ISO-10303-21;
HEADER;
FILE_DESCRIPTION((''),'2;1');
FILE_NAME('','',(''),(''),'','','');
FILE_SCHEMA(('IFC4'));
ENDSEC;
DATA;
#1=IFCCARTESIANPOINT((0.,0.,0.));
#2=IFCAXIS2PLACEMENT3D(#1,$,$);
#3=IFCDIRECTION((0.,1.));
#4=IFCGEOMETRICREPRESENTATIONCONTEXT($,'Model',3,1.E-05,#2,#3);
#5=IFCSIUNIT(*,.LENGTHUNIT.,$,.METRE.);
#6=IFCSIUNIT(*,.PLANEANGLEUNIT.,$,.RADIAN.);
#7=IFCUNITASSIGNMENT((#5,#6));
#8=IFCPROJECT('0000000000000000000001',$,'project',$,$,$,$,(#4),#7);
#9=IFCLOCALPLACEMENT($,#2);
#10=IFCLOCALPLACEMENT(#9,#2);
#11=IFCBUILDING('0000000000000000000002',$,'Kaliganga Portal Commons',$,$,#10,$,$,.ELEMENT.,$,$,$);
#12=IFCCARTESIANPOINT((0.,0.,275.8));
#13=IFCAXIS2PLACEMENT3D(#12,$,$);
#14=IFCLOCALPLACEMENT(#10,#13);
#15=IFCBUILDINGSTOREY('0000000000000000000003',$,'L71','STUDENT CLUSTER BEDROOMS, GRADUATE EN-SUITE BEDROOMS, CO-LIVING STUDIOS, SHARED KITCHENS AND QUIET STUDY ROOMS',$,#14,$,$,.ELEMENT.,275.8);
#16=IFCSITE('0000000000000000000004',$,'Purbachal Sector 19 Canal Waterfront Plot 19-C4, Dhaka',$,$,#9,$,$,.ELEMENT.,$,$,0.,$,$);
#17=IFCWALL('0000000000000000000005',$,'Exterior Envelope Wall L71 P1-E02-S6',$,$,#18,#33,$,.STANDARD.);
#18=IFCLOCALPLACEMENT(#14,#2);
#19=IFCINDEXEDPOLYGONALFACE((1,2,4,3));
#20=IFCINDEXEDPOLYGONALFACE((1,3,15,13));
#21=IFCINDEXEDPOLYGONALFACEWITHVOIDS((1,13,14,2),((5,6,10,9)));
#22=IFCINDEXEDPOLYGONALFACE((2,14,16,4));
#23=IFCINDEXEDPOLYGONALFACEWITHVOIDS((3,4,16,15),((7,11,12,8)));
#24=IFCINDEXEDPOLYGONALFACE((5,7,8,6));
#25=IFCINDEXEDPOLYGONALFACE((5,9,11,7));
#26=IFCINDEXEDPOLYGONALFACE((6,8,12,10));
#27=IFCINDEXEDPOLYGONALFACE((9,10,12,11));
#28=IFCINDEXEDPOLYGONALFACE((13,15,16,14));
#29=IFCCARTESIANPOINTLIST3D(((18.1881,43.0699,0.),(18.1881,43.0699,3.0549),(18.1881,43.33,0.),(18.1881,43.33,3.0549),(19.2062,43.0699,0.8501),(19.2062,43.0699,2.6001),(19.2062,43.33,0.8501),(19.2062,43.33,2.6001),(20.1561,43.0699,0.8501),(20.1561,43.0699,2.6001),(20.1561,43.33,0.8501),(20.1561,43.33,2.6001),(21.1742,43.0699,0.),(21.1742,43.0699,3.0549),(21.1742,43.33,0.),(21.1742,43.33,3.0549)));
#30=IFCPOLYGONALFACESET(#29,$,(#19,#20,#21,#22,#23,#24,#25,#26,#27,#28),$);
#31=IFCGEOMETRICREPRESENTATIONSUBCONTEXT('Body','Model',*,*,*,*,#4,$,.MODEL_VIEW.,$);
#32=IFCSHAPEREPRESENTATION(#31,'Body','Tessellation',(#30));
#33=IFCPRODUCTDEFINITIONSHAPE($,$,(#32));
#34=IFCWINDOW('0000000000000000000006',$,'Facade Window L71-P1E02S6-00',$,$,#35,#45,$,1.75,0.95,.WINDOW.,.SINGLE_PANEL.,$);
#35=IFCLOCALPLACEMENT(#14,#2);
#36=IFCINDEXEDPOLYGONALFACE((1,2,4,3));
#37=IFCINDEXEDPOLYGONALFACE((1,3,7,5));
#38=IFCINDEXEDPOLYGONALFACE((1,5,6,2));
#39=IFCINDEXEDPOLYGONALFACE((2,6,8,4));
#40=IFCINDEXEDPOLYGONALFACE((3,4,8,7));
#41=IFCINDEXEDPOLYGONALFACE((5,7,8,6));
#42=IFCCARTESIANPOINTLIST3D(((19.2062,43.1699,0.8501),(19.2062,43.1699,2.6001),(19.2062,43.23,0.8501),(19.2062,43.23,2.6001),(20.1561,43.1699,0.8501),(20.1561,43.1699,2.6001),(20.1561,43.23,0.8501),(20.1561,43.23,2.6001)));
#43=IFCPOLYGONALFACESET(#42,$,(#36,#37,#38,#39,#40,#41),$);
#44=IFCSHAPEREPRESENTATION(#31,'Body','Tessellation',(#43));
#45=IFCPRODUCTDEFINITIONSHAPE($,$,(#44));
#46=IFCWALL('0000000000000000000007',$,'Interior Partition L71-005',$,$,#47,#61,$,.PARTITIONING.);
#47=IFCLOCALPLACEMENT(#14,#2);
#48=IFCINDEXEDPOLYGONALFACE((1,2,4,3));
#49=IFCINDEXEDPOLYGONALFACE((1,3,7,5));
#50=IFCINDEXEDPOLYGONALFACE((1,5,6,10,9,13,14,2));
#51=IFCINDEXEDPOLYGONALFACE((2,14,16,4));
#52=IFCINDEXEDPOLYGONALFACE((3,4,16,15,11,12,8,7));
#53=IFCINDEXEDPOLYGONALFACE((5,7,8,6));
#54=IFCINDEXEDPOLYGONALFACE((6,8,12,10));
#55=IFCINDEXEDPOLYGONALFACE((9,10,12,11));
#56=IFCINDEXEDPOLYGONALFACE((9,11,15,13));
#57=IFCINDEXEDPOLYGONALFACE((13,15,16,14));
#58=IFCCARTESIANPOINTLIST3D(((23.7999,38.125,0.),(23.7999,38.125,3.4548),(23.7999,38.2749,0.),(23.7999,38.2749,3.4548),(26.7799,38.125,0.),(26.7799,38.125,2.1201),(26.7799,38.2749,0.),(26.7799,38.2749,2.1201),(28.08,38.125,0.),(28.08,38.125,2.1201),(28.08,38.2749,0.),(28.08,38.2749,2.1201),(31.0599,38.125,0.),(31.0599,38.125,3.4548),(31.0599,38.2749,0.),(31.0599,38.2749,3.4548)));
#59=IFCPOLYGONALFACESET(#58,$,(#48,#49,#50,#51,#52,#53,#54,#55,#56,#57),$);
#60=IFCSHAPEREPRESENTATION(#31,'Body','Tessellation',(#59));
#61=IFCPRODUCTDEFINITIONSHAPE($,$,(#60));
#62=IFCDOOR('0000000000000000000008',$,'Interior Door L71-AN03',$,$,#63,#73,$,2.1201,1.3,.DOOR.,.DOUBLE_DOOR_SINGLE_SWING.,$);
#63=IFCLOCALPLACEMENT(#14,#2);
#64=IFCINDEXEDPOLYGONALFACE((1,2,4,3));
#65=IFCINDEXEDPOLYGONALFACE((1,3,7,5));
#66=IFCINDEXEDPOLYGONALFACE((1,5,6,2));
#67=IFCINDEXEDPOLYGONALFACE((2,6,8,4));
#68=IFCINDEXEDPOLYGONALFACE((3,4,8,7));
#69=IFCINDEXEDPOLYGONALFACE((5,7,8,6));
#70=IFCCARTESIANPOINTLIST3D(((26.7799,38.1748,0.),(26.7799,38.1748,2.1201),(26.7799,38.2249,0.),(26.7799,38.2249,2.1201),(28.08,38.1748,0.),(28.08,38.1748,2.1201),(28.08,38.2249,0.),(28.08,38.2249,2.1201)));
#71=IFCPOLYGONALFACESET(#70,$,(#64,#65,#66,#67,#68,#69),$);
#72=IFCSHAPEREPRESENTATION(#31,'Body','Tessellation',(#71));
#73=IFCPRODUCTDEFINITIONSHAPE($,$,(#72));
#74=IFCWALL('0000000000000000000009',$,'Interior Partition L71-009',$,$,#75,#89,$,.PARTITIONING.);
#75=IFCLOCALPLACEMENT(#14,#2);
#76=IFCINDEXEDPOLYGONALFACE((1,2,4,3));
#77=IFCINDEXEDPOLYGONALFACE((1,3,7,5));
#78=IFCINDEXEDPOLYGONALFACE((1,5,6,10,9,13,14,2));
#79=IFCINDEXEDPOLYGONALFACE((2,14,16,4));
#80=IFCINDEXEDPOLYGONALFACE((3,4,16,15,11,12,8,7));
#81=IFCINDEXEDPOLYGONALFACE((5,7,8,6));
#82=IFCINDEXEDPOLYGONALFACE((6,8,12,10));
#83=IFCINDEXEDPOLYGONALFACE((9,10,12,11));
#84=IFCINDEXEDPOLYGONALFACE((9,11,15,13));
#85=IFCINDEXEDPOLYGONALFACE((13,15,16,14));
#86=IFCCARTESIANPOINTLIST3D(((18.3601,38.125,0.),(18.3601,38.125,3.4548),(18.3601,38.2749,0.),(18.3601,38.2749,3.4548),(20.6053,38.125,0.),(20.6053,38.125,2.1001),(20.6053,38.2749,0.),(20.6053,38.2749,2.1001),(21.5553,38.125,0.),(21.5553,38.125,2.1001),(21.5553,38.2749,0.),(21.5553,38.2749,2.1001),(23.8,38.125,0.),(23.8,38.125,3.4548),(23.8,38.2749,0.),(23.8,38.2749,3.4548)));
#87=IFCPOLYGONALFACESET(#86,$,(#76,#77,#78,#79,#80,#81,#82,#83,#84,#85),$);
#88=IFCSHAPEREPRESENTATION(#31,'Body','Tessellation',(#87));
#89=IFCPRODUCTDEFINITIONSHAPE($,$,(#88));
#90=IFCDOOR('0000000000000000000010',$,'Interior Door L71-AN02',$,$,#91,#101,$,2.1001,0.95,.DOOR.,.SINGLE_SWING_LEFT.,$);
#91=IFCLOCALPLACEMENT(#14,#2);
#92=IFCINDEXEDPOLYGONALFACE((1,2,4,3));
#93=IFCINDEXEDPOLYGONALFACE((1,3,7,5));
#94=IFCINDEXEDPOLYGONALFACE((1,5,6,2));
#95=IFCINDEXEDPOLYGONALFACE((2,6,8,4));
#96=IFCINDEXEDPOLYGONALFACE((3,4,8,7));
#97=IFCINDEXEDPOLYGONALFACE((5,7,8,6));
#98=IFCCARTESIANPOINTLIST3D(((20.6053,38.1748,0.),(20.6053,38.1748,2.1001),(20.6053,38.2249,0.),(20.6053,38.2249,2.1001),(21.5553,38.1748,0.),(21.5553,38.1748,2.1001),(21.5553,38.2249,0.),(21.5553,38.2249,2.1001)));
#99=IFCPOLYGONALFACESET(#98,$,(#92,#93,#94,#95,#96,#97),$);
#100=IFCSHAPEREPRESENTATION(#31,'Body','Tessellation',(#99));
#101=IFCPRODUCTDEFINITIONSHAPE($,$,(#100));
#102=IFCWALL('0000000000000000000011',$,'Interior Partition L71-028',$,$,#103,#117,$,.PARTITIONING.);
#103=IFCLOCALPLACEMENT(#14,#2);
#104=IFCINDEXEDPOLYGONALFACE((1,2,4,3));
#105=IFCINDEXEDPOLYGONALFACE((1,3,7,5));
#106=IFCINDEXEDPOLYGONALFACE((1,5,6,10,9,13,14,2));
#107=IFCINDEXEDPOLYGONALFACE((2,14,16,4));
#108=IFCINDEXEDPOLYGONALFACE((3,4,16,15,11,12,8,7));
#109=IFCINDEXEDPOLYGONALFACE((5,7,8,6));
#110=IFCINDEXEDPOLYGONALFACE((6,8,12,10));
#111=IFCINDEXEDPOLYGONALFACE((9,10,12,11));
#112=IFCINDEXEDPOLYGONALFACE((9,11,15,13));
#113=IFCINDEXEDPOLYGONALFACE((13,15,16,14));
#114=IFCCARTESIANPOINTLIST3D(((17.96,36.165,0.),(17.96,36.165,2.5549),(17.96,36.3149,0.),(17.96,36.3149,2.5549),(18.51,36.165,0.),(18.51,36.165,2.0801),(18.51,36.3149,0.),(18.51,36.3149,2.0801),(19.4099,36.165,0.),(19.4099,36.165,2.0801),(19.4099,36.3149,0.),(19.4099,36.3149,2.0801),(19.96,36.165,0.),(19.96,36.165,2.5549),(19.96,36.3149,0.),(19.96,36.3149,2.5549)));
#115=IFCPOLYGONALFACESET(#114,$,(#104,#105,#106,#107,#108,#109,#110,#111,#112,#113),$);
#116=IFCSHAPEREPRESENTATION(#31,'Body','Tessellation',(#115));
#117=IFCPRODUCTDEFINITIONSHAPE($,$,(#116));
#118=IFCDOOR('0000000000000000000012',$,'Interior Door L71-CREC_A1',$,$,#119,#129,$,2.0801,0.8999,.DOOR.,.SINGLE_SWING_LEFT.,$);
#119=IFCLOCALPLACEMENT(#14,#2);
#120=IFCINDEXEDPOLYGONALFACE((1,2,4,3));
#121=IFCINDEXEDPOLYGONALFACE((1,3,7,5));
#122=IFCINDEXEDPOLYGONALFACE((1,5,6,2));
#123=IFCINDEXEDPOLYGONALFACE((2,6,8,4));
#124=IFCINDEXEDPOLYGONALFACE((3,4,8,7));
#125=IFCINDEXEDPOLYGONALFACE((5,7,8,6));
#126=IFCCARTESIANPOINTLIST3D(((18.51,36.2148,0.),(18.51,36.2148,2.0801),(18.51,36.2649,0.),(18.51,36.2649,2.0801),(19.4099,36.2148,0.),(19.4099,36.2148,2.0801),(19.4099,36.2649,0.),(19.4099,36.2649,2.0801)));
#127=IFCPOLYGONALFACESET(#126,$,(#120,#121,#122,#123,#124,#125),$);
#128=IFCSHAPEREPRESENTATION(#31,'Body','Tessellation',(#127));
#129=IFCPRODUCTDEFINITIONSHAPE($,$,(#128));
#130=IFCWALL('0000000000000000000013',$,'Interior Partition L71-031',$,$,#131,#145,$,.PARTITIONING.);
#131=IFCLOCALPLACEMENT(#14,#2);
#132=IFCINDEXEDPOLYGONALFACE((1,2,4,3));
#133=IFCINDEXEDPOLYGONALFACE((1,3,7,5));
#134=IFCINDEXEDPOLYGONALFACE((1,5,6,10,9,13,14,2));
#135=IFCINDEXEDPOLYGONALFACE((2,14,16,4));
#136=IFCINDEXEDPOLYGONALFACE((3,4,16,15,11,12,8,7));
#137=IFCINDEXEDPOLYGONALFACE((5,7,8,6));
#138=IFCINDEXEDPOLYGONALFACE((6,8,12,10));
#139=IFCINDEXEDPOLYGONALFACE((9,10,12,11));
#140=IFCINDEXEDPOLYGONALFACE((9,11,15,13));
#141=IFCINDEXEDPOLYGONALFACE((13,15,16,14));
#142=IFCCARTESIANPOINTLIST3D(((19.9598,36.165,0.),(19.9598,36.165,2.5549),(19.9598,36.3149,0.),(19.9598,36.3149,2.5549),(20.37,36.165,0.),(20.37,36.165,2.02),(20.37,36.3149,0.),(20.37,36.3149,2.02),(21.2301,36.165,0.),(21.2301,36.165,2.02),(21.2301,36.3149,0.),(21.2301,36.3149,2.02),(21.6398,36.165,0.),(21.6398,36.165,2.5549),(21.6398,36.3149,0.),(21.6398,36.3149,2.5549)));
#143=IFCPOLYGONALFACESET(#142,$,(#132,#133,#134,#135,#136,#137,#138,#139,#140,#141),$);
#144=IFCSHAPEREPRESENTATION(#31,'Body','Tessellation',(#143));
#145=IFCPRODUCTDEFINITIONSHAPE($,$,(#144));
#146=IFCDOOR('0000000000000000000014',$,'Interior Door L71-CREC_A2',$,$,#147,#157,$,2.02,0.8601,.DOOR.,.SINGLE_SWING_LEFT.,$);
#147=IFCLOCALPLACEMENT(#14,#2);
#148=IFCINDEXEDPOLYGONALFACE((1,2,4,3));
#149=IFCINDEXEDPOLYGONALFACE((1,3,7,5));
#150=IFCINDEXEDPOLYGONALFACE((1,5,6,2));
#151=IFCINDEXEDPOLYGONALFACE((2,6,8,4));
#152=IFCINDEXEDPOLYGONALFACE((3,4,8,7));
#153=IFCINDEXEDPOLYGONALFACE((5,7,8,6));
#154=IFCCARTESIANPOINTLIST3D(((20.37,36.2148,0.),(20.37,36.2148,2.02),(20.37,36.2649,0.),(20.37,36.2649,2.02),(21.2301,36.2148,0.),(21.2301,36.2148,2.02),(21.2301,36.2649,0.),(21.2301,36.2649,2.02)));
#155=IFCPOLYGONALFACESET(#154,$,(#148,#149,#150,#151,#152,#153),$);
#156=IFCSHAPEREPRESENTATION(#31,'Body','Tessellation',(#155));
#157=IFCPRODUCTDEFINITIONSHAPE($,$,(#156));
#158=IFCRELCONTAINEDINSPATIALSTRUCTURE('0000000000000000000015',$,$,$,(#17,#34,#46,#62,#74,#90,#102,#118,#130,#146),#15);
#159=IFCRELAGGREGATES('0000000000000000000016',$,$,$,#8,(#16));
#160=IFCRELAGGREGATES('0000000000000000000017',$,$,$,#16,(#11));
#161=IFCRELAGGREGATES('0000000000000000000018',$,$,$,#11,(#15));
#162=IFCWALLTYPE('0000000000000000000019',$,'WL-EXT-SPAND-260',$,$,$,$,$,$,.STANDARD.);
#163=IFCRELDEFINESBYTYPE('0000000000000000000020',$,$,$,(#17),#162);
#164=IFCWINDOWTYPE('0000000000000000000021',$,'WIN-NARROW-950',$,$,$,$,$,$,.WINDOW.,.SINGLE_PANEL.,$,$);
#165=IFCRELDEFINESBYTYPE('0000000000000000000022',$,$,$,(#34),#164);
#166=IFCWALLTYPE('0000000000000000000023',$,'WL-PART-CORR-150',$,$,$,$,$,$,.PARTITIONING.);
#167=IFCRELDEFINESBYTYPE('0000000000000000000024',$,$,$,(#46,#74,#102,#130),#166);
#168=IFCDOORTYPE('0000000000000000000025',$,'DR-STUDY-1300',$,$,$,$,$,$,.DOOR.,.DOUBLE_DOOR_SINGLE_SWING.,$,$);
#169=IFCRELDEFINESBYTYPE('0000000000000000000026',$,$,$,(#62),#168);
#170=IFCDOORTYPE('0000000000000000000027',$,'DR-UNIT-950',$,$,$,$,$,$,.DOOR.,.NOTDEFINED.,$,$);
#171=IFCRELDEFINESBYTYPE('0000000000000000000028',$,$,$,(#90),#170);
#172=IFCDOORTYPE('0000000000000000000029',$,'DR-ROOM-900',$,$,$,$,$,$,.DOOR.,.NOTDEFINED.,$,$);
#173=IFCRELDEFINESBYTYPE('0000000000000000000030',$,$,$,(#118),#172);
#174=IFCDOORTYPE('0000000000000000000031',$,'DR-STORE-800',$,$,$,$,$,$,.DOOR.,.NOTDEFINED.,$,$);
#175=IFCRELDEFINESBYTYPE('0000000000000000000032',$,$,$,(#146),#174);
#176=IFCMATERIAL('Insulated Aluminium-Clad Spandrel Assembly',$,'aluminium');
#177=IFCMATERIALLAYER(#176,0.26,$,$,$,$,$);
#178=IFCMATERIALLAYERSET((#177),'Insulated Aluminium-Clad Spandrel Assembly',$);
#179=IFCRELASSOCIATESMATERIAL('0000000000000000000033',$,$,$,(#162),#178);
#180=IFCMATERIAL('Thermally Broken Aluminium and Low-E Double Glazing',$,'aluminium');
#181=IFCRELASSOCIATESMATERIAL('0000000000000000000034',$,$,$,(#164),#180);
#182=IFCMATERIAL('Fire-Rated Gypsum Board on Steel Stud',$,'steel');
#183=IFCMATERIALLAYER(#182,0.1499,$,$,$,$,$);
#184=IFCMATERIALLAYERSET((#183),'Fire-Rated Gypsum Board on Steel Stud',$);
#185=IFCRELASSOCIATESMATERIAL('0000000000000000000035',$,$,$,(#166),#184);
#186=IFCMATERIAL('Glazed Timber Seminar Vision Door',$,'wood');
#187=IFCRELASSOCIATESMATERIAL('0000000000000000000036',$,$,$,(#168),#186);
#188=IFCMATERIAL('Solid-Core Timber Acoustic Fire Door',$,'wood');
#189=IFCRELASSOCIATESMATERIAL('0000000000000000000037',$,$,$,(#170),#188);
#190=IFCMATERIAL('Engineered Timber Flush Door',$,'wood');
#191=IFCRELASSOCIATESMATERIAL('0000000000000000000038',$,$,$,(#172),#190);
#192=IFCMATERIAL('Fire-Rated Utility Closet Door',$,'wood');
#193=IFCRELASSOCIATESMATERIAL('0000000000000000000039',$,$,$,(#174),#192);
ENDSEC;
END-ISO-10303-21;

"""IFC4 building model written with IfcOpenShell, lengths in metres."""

from ifc_helpers import new_model, si_unit, direction, frame, frame_2d, origin, place, context, subcontext, project, spatial, rectangle, extrude, material, layer, layer_set, type_object, element, fill, save


model = new_model("IFC4")

# Units and contexts
model_context = context("Model", 3, precision=1e-05, world=origin(), true_north=direction((0.0, 1.0)))
body_context = subcontext(model_context, "Body", "Model", "MODEL_VIEW")
ifc_project = project(units=[si_unit("LENGTHUNIT", "METRE"), si_unit("PLANEANGLEUNIT", "RADIAN")], contexts=[model_context])

# Site, building, storey
site_placement = place(None, origin())
site = spatial("IfcSite", under=ifc_project, at=site_placement, Name="Purbachal Sector 19 Canal Waterfront Plot 19-C4, Dhaka", CompositionType="ELEMENT", RefElevation=0.0)
building_placement = place(site_placement, origin())
building = spatial("IfcBuilding", under=site, at=building_placement, Name="Kaliganga Portal Commons", CompositionType="ELEMENT")
storey_placement = place(building_placement, frame((0.0, 0.0, 275.8)))
storey = spatial("IfcBuildingStorey", under=building, at=storey_placement, Name="L71", Description="STUDENT CLUSTER BEDROOMS, GRADUATE EN-SUITE BEDROOMS, CO-LIVING STUDIOS, SHARED KITCHENS AND QUIET STUDY ROOMS", CompositionType="ELEMENT", Elevation=275.8)

# Wall, opening, window
ifc_material_1 = material(Name="Insulated Aluminium-Clad Spandrel Assembly", Category="aluminium")
ifc_layer_1 = layer(ifc_material_1, 0.26)
ifc_layer_set_1 = layer_set([ifc_layer_1], Name="Insulated Aluminium-Clad Spandrel Assembly")
wall_type_1 = type_object("IfcWallType", Name="WL-EXT-SPAND-260", PredefinedType="STANDARD", material=ifc_layer_set_1)
ifc_material_2 = material(Name="Thermally Broken Aluminium and Low-E Double Glazing", Category="aluminium")
window_type = type_object("IfcWindowType", Name="WIN-NARROW-950", PartitioningType="SINGLE_PANEL", PredefinedType="WINDOW", material=ifc_material_2)
wall_1_placement = place(storey_placement, frame((18.188, 43.2, 0.0), z_axis=(0.0, 0.0, 1.0), x_axis=(1.0, 0.0, 0.0)))
wall_1 = element("IfcWall", 1, at=wall_1_placement, inside=storey, type_object=wall_type_1, Name="Exterior Envelope Wall L71 P1-E02-S6", PredefinedType="STANDARD", context=body_context, shape_type="SweptSolid", body=[
    extrude(rectangle(XDim=2.9861, YDim=0.26, at=frame_2d((1.4932, 0.0))), origin(), (0.0, 0.0, 1.0), 3.0549),
])
opening_1_placement = place(wall_1_placement, frame((1.0181, 0.0, 0.8501)))
opening_1 = element("IfcOpeningElement", 2, at=opening_1_placement, cuts=wall_1, PredefinedType="OPENING", context=body_context, shape_type="SweptSolid", body=[
    extrude(rectangle(XDim=0.95, YDim=1.75, at=frame_2d((0.4751, 0.875))), frame((0.0, 0.1401, 0.0), z_axis=(0.0, -1.0, 0.0), x_axis=(1.0, 0.0, 0.0)), (0.0, 0.0, 1.0), 0.28),
])
window_1_placement = place(opening_1_placement, origin())
window_1 = element("IfcWindow", 3, at=window_1_placement, inside=storey, type_object=window_type, Name="Facade Window L71-P1E02S6-00", OverallHeight=1.75, OverallWidth=0.95, PartitioningType="SINGLE_PANEL", PredefinedType="WINDOW", context=body_context, shape_type="SweptSolid", body=[
    extrude(rectangle(XDim=0.95, YDim=1.75, at=frame_2d((0.4751, 0.875))), frame((0.0, 0.03, 0.0), z_axis=(0.0, -1.0, 0.0), x_axis=(1.0, 0.0, 0.0)), (0.0, 0.0, 1.0), 0.0601),
])
fill(opening_1, window_1)

# Walls, openings, doors
ifc_material_3 = material(Name="Fire-Rated Gypsum Board on Steel Stud", Category="steel")
ifc_layer_2 = layer(ifc_material_3, 0.1499)
ifc_layer_set_2 = layer_set([ifc_layer_2], Name="Fire-Rated Gypsum Board on Steel Stud")
wall_type_2 = type_object("IfcWallType", Name="WL-PART-CORR-150", PredefinedType="PARTITIONING", material=ifc_layer_set_2)
wall_2_placement = place(storey_placement, frame((23.8, 38.2, 0.0), z_axis=(0.0, 0.0, 1.0), x_axis=(1.0, 0.0, 0.0)))
wall_2 = element("IfcWall", 4, at=wall_2_placement, inside=storey, type_object=wall_type_2, Name="Interior Partition L71-005", PredefinedType="PARTITIONING", context=body_context, shape_type="SweptSolid", body=[
    extrude(rectangle(XDim=7.26, YDim=0.1499, at=frame_2d((3.6299, 0.0))), origin(), (0.0, 0.0, 1.0), 3.4548),
])
opening_2_placement = place(wall_2_placement, frame((2.98, 0.0, 0.0)))
opening_2 = element("IfcOpeningElement", 5, at=opening_2_placement, cuts=wall_2, PredefinedType="OPENING", context=body_context, shape_type="SweptSolid", body=[
    extrude(rectangle(XDim=1.3, YDim=2.1201, at=frame_2d((0.6499, 1.0601))), frame((0.0, 0.085, 0.0), z_axis=(0.0, -1.0, 0.0), x_axis=(1.0, 0.0, 0.0)), (0.0, 0.0, 1.0), 0.1699),
])
ifc_material_4 = material(Name="Glazed Timber Seminar Vision Door", Category="wood")
door_type_1 = type_object("IfcDoorType", Name="DR-STUDY-1300", OperationType="DOUBLE_DOOR_SINGLE_SWING", PredefinedType="DOOR", material=ifc_material_4)
door_1_placement = place(opening_2_placement, origin())
door_1 = element("IfcDoor", 6, at=door_1_placement, inside=storey, type_object=door_type_1, Name="Interior Door L71-AN03", OperationType="DOUBLE_DOOR_SINGLE_SWING", OverallHeight=2.1201, OverallWidth=1.3, PredefinedType="DOOR", context=body_context, shape_type="SweptSolid", body=[
    extrude(rectangle(XDim=1.3, YDim=2.1201, at=frame_2d((0.6499, 1.0601))), frame((0.0, 0.0249, 0.0), z_axis=(0.0, -1.0, 0.0), x_axis=(1.0, 0.0, 0.0)), (0.0, 0.0, 1.0), 0.05),
])
fill(opening_2, door_1)
wall_3_placement = place(storey_placement, frame((18.3601, 38.2, 0.0), z_axis=(0.0, 0.0, 1.0), x_axis=(1.0, 0.0, 0.0)))
wall_3 = element("IfcWall", 7, at=wall_3_placement, inside=storey, type_object=wall_type_2, Name="Interior Partition L71-009", PredefinedType="PARTITIONING", context=body_context, shape_type="SweptSolid", body=[
    extrude(rectangle(XDim=5.4399, YDim=0.1499, at=frame_2d((2.72, 0.0))), origin(), (0.0, 0.0, 1.0), 3.4548),
])
opening_3_placement = place(wall_3_placement, frame((2.2451, 0.0, 0.0)))
opening_3 = element("IfcOpeningElement", 8, at=opening_3_placement, cuts=wall_3, PredefinedType="OPENING", context=body_context, shape_type="SweptSolid", body=[
    extrude(rectangle(XDim=0.95, YDim=2.1001, at=frame_2d((0.4751, 1.05))), frame((0.0, 0.085, 0.0), z_axis=(0.0, -1.0, 0.0), x_axis=(1.0, 0.0, 0.0)), (0.0, 0.0, 1.0), 0.1699),
])
ifc_material_5 = material(Name="Solid-Core Timber Acoustic Fire Door", Category="wood")
door_type_2 = type_object("IfcDoorType", Name="DR-UNIT-950", OperationType="NOTDEFINED", PredefinedType="DOOR", material=ifc_material_5)
door_2_placement = place(opening_3_placement, origin())
door_2 = element("IfcDoor", 9, at=door_2_placement, inside=storey, type_object=door_type_2, Name="Interior Door L71-AN02", OperationType="SINGLE_SWING_LEFT", OverallHeight=2.1001, OverallWidth=0.95, PredefinedType="DOOR", context=body_context, shape_type="SweptSolid", body=[
    extrude(rectangle(XDim=0.95, YDim=2.1001, at=frame_2d((0.4751, 1.05))), frame((0.0, 0.0249, 0.0), z_axis=(0.0, -1.0, 0.0), x_axis=(1.0, 0.0, 0.0)), (0.0, 0.0, 1.0), 0.05),
])
fill(opening_3, door_2)
wall_4_placement = place(storey_placement, frame((17.96, 36.24, 0.0), z_axis=(0.0, 0.0, 1.0), x_axis=(1.0, 0.0, 0.0)))
wall_4 = element("IfcWall", 10, at=wall_4_placement, inside=storey, type_object=wall_type_2, Name="Interior Partition L71-028", PredefinedType="PARTITIONING", context=body_context, shape_type="SweptSolid", body=[
    extrude(rectangle(XDim=2.0, YDim=0.1499, at=frame_2d((1.0, 0.0))), origin(), (0.0, 0.0, 1.0), 2.5549),
])
opening_4_placement = place(wall_4_placement, frame((0.55, 0.0, 0.0)))
opening_4 = element("IfcOpeningElement", 11, at=opening_4_placement, cuts=wall_4, PredefinedType="OPENING", context=body_context, shape_type="SweptSolid", body=[
    extrude(rectangle(XDim=0.8999, YDim=2.0801, at=frame_2d((0.45, 1.04))), frame((0.0, 0.085, 0.0), z_axis=(0.0, -1.0, 0.0), x_axis=(1.0, 0.0, 0.0)), (0.0, 0.0, 1.0), 0.1699),
])
ifc_material_6 = material(Name="Engineered Timber Flush Door", Category="wood")
door_type_3 = type_object("IfcDoorType", Name="DR-ROOM-900", OperationType="NOTDEFINED", PredefinedType="DOOR", material=ifc_material_6)
door_3_placement = place(opening_4_placement, origin())
door_3 = element("IfcDoor", 12, at=door_3_placement, inside=storey, type_object=door_type_3, Name="Interior Door L71-CREC_A1", OperationType="SINGLE_SWING_LEFT", OverallHeight=2.0801, OverallWidth=0.8999, PredefinedType="DOOR", context=body_context, shape_type="SweptSolid", body=[
    extrude(rectangle(XDim=0.8999, YDim=2.0801, at=frame_2d((0.45, 1.04))), frame((0.0, 0.0249, 0.0), z_axis=(0.0, -1.0, 0.0), x_axis=(1.0, 0.0, 0.0)), (0.0, 0.0, 1.0), 0.05),
])
fill(opening_4, door_3)
wall_5_placement = place(storey_placement, frame((19.96, 36.24, 0.0), z_axis=(0.0, 0.0, 1.0), x_axis=(1.0, 0.0, 0.0)))
wall_5 = element("IfcWall", 13, at=wall_5_placement, inside=storey, type_object=wall_type_2, Name="Interior Partition L71-031", PredefinedType="PARTITIONING", context=body_context, shape_type="SweptSolid", body=[
    extrude(rectangle(XDim=1.6799, YDim=0.1499, at=frame_2d((0.8398, 0.0))), origin(), (0.0, 0.0, 1.0), 2.5549),
])
opening_5_placement = place(wall_5_placement, frame((0.4099, 0.0, 0.0)))
opening_5 = element("IfcOpeningElement", 14, at=opening_5_placement, cuts=wall_5, PredefinedType="OPENING", context=body_context, shape_type="SweptSolid", body=[
    extrude(rectangle(XDim=0.8601, YDim=2.02, at=frame_2d((0.4302, 1.01))), frame((0.0, 0.085, 0.0), z_axis=(0.0, -1.0, 0.0), x_axis=(1.0, 0.0, 0.0)), (0.0, 0.0, 1.0), 0.1699),
])
ifc_material_7 = material(Name="Fire-Rated Utility Closet Door", Category="wood")
door_type_4 = type_object("IfcDoorType", Name="DR-STORE-800", OperationType="NOTDEFINED", PredefinedType="DOOR", material=ifc_material_7)
door_4_placement = place(opening_5_placement, origin())
door_4 = element("IfcDoor", 15, at=door_4_placement, inside=storey, type_object=door_type_4, Name="Interior Door L71-CREC_A2", OperationType="SINGLE_SWING_LEFT", OverallHeight=2.02, OverallWidth=0.8601, PredefinedType="DOOR", context=body_context, shape_type="SweptSolid", body=[
    extrude(rectangle(XDim=0.8601, YDim=2.02, at=frame_2d((0.4302, 1.01))), frame((0.0, 0.0249, 0.0), z_axis=(0.0, -1.0, 0.0), x_axis=(1.0, 0.0, 0.0)), (0.0, 0.0, 1.0), 0.05),
])
fill(opening_5, door_4)

save(model, "model.ifc")
